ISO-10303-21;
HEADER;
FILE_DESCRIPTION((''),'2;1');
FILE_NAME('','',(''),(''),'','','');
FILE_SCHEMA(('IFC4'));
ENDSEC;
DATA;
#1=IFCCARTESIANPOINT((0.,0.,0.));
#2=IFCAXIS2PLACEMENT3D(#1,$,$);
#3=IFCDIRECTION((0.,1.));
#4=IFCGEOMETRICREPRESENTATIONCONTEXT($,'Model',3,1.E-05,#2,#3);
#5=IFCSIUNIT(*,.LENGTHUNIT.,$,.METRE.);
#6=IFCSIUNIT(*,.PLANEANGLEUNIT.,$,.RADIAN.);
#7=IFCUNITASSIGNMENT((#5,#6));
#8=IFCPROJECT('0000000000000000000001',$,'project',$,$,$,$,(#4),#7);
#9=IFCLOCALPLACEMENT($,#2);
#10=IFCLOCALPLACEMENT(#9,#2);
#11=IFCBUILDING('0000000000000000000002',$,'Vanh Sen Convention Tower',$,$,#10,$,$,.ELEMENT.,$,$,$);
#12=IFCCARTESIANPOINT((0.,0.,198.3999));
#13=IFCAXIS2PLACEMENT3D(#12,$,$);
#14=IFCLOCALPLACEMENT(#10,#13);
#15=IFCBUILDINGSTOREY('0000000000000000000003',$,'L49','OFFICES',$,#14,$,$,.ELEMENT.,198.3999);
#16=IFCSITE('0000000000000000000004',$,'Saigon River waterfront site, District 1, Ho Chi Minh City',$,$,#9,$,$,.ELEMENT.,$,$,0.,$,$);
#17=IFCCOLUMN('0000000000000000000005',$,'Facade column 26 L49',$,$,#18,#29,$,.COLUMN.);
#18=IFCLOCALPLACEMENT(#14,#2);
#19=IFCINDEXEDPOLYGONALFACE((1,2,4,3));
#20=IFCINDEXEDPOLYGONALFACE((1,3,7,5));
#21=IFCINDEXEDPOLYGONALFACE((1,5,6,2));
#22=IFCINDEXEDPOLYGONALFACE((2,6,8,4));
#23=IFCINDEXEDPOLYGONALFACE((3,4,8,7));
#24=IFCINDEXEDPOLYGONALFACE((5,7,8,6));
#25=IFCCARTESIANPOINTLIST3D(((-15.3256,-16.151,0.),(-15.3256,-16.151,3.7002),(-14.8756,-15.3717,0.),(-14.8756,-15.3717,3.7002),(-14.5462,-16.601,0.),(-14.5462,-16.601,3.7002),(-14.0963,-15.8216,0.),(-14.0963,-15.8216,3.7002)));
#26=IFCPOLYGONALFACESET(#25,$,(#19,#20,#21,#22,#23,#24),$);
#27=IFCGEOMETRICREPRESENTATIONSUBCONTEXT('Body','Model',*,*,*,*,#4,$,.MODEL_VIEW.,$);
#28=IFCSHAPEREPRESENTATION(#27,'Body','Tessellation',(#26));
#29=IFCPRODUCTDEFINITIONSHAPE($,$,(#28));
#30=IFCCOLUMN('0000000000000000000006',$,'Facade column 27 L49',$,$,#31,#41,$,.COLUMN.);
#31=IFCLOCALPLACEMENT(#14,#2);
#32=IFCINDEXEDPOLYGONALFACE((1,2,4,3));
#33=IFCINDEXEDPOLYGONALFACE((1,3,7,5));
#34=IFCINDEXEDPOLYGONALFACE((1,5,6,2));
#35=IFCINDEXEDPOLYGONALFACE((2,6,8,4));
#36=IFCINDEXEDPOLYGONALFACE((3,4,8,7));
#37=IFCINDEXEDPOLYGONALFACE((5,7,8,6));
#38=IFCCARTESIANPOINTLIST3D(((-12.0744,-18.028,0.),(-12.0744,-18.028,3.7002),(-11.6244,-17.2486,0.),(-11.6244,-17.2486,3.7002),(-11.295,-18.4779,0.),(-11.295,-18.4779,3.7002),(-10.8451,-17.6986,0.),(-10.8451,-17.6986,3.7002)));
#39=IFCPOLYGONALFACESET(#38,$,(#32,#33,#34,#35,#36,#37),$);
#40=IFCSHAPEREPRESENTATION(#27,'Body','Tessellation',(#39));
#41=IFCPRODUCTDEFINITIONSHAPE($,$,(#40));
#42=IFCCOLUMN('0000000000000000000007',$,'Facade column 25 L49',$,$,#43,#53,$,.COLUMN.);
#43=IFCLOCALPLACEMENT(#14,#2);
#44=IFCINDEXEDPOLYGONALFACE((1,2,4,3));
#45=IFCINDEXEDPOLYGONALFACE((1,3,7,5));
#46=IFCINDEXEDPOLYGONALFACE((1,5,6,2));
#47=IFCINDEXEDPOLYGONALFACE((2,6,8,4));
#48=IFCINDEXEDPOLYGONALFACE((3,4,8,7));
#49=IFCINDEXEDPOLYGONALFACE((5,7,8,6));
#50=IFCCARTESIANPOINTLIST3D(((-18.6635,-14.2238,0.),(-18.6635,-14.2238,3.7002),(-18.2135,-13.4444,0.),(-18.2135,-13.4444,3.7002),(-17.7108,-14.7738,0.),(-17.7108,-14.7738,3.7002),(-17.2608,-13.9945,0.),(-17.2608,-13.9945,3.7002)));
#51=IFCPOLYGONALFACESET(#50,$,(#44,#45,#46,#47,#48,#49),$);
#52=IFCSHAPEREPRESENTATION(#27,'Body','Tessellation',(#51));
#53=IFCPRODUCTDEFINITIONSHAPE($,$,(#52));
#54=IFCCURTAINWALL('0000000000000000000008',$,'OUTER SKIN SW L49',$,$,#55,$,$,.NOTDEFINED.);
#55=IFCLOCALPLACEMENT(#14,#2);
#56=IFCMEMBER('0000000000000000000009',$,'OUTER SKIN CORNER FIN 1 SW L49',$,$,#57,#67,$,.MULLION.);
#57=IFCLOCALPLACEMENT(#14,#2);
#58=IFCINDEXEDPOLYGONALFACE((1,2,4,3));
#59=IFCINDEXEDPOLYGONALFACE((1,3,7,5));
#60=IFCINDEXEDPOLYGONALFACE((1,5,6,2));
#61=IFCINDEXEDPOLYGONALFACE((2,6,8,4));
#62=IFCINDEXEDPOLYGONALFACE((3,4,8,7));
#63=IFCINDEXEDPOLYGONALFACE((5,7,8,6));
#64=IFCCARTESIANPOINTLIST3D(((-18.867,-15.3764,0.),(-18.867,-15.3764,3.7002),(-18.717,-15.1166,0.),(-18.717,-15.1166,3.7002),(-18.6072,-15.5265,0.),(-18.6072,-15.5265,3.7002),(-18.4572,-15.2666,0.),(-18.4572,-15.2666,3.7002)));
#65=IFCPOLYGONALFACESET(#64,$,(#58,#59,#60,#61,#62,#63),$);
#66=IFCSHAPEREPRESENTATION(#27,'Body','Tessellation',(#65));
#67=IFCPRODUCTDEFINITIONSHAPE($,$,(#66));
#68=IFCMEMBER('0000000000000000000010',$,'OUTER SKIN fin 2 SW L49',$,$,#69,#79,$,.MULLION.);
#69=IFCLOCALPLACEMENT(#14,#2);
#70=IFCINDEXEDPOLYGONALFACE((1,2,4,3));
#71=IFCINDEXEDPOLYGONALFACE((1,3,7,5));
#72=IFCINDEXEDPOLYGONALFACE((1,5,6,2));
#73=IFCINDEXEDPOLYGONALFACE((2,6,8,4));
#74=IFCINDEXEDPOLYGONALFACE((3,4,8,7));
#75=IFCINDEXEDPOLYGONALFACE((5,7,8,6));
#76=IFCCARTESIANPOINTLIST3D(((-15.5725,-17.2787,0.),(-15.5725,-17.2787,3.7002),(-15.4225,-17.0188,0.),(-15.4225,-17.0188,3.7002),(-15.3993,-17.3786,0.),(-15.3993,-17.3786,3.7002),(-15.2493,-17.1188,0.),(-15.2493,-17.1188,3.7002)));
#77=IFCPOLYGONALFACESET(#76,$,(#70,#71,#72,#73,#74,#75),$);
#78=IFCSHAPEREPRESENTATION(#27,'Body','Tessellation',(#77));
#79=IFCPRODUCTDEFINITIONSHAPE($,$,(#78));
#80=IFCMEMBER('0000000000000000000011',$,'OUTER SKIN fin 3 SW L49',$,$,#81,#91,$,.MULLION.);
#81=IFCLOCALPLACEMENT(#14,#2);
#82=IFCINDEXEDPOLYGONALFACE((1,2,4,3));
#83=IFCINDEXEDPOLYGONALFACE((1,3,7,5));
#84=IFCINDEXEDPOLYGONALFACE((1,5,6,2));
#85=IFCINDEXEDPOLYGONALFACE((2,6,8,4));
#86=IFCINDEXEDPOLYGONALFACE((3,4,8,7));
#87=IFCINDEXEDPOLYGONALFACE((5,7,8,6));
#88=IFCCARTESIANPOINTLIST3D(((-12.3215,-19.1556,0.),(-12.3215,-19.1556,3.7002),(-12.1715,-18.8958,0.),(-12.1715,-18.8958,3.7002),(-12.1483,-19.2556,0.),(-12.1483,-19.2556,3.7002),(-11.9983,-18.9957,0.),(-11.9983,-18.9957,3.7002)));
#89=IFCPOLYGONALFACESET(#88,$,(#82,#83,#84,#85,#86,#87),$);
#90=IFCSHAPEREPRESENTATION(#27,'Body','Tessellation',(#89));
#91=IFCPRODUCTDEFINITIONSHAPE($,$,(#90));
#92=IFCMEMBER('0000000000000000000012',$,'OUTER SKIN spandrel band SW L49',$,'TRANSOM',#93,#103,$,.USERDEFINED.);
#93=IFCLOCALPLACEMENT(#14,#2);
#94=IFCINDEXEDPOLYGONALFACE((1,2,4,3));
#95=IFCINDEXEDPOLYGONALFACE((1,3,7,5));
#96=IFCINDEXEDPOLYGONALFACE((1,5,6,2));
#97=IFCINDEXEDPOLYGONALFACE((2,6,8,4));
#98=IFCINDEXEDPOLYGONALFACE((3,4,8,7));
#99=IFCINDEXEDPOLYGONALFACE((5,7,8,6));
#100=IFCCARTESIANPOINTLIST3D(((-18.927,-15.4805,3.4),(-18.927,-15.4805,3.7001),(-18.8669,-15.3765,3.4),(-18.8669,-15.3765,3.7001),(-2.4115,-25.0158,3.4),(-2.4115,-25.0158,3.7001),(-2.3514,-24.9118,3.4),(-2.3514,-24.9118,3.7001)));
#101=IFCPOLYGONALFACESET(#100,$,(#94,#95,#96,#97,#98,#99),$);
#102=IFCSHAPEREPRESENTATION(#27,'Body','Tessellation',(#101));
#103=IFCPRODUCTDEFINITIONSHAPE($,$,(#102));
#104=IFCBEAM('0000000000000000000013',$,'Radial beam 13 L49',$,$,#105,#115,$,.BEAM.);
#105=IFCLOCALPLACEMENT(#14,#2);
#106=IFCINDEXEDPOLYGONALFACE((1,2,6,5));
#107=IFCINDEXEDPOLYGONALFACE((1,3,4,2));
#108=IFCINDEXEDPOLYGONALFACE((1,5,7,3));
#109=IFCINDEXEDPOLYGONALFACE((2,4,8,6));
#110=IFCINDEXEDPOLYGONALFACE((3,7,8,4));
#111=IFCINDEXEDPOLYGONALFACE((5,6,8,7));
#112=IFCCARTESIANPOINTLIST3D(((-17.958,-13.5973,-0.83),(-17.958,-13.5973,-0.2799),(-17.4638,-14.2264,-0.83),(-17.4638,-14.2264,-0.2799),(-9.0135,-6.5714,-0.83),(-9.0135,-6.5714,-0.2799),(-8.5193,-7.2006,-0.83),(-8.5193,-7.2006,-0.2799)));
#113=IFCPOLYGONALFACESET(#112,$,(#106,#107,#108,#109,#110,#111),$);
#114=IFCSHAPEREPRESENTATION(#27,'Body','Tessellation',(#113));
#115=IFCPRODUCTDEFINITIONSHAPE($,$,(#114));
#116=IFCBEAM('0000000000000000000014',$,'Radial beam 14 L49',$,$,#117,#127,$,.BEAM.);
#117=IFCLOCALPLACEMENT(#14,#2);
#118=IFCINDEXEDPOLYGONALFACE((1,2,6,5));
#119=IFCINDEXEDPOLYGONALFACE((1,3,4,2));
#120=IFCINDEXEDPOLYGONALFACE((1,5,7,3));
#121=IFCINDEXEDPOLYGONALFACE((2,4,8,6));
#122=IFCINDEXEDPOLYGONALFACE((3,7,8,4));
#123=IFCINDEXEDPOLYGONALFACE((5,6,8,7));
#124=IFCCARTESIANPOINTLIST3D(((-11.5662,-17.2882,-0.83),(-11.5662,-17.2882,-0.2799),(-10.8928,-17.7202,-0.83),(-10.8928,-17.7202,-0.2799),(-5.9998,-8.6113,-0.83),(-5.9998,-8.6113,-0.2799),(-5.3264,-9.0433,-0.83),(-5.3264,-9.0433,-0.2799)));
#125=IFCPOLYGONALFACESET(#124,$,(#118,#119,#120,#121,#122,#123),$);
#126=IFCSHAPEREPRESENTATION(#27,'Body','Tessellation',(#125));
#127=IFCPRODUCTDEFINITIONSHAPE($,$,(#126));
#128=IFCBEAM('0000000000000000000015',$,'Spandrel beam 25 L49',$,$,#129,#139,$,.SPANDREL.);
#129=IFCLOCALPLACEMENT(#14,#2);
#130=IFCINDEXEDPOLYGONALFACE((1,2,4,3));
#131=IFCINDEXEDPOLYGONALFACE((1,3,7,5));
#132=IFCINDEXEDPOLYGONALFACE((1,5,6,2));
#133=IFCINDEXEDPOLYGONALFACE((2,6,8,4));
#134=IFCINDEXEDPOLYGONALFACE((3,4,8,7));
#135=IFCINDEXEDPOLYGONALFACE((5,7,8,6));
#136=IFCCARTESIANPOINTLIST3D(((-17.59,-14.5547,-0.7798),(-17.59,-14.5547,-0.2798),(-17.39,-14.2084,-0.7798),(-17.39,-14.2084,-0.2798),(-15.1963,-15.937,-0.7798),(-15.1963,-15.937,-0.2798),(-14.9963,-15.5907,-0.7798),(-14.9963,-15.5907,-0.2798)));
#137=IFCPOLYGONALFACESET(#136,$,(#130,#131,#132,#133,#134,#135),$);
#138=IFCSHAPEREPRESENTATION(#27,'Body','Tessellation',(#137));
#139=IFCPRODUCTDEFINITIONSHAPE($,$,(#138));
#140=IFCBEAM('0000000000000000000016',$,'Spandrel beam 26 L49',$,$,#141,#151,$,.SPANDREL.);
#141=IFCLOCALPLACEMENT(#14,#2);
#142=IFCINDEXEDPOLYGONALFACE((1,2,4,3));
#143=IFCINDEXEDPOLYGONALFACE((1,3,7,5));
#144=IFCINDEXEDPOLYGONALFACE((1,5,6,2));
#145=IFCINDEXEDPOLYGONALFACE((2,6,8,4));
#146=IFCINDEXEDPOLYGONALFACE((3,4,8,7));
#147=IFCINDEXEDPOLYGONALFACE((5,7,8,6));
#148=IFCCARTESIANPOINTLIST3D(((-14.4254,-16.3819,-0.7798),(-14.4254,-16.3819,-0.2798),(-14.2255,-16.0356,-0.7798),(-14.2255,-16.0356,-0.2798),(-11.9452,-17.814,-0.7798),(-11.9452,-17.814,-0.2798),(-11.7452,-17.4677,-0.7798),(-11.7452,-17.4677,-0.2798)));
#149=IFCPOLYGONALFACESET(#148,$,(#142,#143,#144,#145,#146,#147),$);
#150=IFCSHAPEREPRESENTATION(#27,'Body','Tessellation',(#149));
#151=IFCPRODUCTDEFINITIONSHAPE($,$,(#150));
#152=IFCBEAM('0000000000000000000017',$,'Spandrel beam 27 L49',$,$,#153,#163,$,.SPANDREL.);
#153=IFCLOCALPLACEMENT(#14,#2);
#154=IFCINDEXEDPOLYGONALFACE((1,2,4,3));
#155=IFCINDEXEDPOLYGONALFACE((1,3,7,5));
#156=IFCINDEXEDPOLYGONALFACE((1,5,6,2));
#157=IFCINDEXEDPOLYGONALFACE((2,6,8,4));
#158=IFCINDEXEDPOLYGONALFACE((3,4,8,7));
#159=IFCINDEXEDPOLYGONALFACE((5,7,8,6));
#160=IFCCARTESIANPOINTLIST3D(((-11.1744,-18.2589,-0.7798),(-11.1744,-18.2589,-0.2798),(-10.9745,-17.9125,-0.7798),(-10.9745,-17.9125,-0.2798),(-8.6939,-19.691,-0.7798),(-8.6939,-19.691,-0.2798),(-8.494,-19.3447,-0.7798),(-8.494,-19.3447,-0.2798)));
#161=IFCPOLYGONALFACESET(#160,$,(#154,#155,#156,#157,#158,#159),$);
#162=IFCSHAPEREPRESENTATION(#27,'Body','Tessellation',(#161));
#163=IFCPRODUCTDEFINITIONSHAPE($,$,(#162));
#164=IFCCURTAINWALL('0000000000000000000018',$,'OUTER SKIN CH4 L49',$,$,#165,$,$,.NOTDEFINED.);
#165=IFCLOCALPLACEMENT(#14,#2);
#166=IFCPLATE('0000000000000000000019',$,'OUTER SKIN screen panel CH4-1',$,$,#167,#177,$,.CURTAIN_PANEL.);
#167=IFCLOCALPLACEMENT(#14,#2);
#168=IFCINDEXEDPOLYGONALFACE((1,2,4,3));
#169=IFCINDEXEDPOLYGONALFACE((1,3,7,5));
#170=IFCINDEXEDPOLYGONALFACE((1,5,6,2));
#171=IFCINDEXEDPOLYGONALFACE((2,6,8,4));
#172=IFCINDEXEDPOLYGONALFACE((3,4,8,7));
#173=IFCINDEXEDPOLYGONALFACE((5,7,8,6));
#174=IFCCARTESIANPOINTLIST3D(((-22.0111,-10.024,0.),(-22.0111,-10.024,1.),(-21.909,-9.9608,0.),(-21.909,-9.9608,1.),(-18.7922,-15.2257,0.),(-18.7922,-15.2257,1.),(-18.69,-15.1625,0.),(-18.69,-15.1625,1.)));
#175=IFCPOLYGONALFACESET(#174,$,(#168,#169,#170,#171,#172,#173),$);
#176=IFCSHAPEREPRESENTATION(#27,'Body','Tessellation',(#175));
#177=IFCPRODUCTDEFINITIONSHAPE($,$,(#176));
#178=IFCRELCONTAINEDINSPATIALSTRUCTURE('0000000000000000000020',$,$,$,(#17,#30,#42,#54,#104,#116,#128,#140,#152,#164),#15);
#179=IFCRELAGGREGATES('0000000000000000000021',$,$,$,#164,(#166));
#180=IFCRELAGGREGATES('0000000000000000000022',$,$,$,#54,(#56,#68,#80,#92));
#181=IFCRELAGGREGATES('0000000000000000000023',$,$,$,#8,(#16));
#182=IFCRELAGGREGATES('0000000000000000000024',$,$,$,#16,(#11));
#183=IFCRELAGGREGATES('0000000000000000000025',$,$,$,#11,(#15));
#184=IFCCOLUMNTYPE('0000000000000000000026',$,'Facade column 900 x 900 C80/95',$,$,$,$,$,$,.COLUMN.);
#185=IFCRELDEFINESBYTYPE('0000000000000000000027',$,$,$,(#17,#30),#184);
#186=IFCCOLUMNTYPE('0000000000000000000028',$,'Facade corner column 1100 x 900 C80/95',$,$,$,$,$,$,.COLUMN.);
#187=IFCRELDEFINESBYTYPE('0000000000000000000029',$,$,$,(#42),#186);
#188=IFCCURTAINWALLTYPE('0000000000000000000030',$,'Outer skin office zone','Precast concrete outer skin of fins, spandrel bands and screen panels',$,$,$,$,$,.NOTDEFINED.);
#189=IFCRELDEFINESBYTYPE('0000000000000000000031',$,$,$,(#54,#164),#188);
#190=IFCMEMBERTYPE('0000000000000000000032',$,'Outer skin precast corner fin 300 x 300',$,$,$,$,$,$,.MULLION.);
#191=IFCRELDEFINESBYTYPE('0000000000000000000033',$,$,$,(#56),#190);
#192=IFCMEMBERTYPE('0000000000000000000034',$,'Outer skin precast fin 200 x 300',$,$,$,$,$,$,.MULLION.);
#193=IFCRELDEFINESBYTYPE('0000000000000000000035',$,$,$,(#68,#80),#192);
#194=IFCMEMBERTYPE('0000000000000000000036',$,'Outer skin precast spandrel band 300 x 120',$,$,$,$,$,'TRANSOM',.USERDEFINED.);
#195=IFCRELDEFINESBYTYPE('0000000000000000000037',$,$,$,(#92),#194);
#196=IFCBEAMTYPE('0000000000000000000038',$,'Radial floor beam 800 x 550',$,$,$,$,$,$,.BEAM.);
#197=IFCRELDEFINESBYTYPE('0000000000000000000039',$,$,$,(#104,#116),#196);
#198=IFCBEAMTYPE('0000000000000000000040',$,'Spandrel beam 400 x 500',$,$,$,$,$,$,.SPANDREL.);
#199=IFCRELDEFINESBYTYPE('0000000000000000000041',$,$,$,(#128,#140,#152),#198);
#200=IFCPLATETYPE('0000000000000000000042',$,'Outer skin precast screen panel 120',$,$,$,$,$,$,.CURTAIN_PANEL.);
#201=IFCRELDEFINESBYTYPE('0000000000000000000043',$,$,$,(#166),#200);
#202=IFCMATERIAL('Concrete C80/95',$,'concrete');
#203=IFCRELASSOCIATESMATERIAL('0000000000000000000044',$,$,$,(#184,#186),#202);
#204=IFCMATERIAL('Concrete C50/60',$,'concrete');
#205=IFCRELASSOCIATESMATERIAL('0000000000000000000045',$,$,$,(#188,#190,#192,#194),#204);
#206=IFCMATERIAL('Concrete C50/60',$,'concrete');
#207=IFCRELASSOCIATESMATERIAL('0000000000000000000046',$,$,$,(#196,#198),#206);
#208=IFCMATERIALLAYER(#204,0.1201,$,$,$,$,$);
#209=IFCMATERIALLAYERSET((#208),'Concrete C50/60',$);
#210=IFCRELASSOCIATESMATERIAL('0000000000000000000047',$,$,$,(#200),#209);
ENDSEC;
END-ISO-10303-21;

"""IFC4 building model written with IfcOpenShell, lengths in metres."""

from ifc_helpers import new_model, si_unit, direction, frame, origin, origin_2d, place, context, subcontext, project, spatial, rectangle, extrude, material, layer, layer_set, material_profile, profile_set, type_object, element, aggregate, save


model = new_model("IFC4")

# Units and contexts
model_context = context("Model", 3, precision=1e-05, world=origin(), true_north=direction((0.0, 1.0)))
body_context = subcontext(model_context, "Body", "Model", "MODEL_VIEW")
ifc_project = project(units=[si_unit("LENGTHUNIT", "METRE"), si_unit("PLANEANGLEUNIT", "RADIAN")], contexts=[model_context])

# Site, building, storey
site_placement = place(None, origin())
site = spatial("IfcSite", under=ifc_project, at=site_placement, Name="Saigon River waterfront site, District 1, Ho Chi Minh City", CompositionType="ELEMENT", RefElevation=0.0)
building_placement = place(site_placement, origin())
building = spatial("IfcBuilding", under=site, at=building_placement, Name="Vanh Sen Convention Tower", CompositionType="ELEMENT")
storey_placement = place(building_placement, frame((0.0, 0.0, 198.3999)))
storey = spatial("IfcBuildingStorey", under=building, at=storey_placement, Name="L49", Description="OFFICES", CompositionType="ELEMENT", Elevation=198.3999)

# Columns
ifc_material_1 = material(Name="Concrete C80/95", Category="concrete")
ifc_material_profile_1 = material_profile(ifc_material_1, rectangle(XDim=0.8999, YDim=0.8999, at=origin_2d()), Name="RC 900X900")
ifc_profile_set_1 = profile_set([ifc_material_profile_1], Name="Concrete C80/95")
column_type_1 = type_object("IfcColumnType", Name="Facade column 900 x 900 C80/95", PredefinedType="COLUMN", material=ifc_profile_set_1)
for number, where, z_axis, x_axis, name in (
    (1, (-14.7109, -15.9863, 0.0), (0.0, 0.0, 1.0), (0.866025, -0.5, 0.0), "Facade column 26 L49"),
    (2, (-11.4597, -17.8633, 0.0), (0.0, 0.0, 1.0), (0.866025, -0.5, 0.0), "Facade column 27 L49"),
):
    element("IfcColumn", number, at=place(storey_placement, frame(where, z_axis=z_axis, x_axis=x_axis)), inside=storey, type_object=column_type_1, Name=name, PredefinedType="COLUMN", context=body_context, shape_type="SweptSolid", body=[
        extrude(rectangle(XDim=0.8999, YDim=0.8999, at=origin_2d()), origin(), (0.0, 0.0, 1.0), 3.7002),
    ])
ifc_material_profile_2 = material_profile(ifc_material_1, rectangle(XDim=1.1001, YDim=0.8999, at=origin_2d()), Name="RC 1100X900")
ifc_profile_set_2 = profile_set([ifc_material_profile_2], Name="Concrete C80/95")
column_type_2 = type_object("IfcColumnType", Name="Facade corner column 1100 x 900 C80/95", PredefinedType="COLUMN", material=ifc_profile_set_2)
column_placement = place(storey_placement, frame((-17.9622, -14.1091, 0.0), z_axis=(0.0, 0.0, 1.0), x_axis=(0.866025, -0.5, 0.0)))
element("IfcColumn", 3, at=column_placement, inside=storey, type_object=column_type_2, Name="Facade column 25 L49", PredefinedType="COLUMN", context=body_context, shape_type="SweptSolid", body=[
    extrude(rectangle(XDim=1.1001, YDim=0.8999, at=origin_2d()), origin(), (0.0, 0.0, 1.0), 3.7002),
])

# Curtain wall, members
ifc_material_2 = material(Name="Concrete C50/60", Category="concrete")
curtain_wall_type = type_object("IfcCurtainWallType", Name="Outer skin office zone", Description="Precast concrete outer skin of fins, spandrel bands and screen panels", PredefinedType="NOTDEFINED", material=ifc_material_2)
curtain_wall_1_placement = place(storey_placement, origin())
curtain_wall_1 = element("IfcCurtainWall", 4, at=curtain_wall_1_placement, inside=storey, type_object=curtain_wall_type, Name="OUTER SKIN SW L49", PredefinedType="NOTDEFINED")
ifc_material_profile_3 = material_profile(ifc_material_2, rectangle(XDim=0.3, YDim=0.3, at=origin_2d()), Name="Outer skin precast corner fin 300 x 300")
ifc_profile_set_3 = profile_set([ifc_material_profile_3], Name="Concrete C50/60")
member_type_1 = type_object("IfcMemberType", Name="Outer skin precast corner fin 300 x 300", PredefinedType="MULLION", material=ifc_profile_set_3)
member_1_placement = place(storey_placement, frame((-18.6621, -15.3215, 0.0), z_axis=(0.0, 0.0, 1.0), x_axis=(0.866025, -0.5, 0.0)))
member_1 = element("IfcMember", 5, at=member_1_placement, type_object=member_type_1, Name="OUTER SKIN CORNER FIN 1 SW L49", PredefinedType="MULLION", context=body_context, shape_type="SweptSolid", body=[
    extrude(rectangle(XDim=0.3, YDim=0.3, at=origin_2d()), origin(), (0.0, 0.0, 1.0), 3.7002),
])
ifc_material_profile_4 = material_profile(ifc_material_2, rectangle(XDim=0.2, YDim=0.3, at=origin_2d()), Name="Outer skin precast fin 200 x 300")
ifc_profile_set_4 = profile_set([ifc_material_profile_4], Name="Concrete C50/60")
member_type_2 = type_object("IfcMemberType", Name="Outer skin precast fin 200 x 300", PredefinedType="MULLION", material=ifc_profile_set_4)
member_2_placement = place(storey_placement, frame((-15.4109, -17.1987, 0.0), z_axis=(0.0, 0.0, 1.0), x_axis=(0.866025, -0.5, 0.0)))
member_2 = element("IfcMember", 6, at=member_2_placement, type_object=member_type_2, Name="OUTER SKIN fin 2 SW L49", PredefinedType="MULLION", context=body_context, shape_type="SweptSolid", body=[
    extrude(rectangle(XDim=0.2, YDim=0.3, at=origin_2d()), origin(), (0.0, 0.0, 1.0), 3.7002),
])
member_3_placement = place(storey_placement, frame((-12.1599, -19.0757, 0.0), z_axis=(0.0, 0.0, 1.0), x_axis=(0.866025, -0.5, 0.0)))
member_3 = element("IfcMember", 7, at=member_3_placement, type_object=member_type_2, Name="OUTER SKIN fin 3 SW L49", PredefinedType="MULLION", context=body_context, shape_type="SweptSolid", body=[
    extrude(rectangle(XDim=0.2, YDim=0.3, at=origin_2d()), origin(), (0.0, 0.0, 1.0), 3.7002),
])
ifc_material_profile_5 = material_profile(ifc_material_2, rectangle(XDim=0.1201, YDim=0.3, at=origin_2d()), Name="Outer skin precast spandrel band 300 x 120")
ifc_profile_set_5 = profile_set([ifc_material_profile_5], Name="Concrete C50/60")
member_type_3 = type_object("IfcMemberType", Name="Outer skin precast spandrel band 300 x 120", ElementType="TRANSOM", PredefinedType="USERDEFINED", material=ifc_profile_set_5)
member_4_placement = place(storey_placement, frame((-18.897, -15.4285, 3.55), z_axis=(0.866023, -0.500004, 0.0), x_axis=(0.500004, 0.866023, 0.0)))
member_4 = element("IfcMember", 8, at=member_4_placement, type_object=member_type_3, Name="OUTER SKIN spandrel band SW L49", ObjectType="TRANSOM", PredefinedType="USERDEFINED", context=body_context, shape_type="SweptSolid", body=[
    extrude(rectangle(XDim=0.1201, YDim=0.3, at=origin_2d()), origin(), (0.0, 0.0, 1.0), 19.0706),
])

# Beams
ifc_material_3 = material(Name="Concrete C50/60", Category="concrete")
ifc_material_profile_6 = material_profile(ifc_material_3, rectangle(XDim=0.8, YDim=0.55, at=origin_2d()), Name="RC 800X550")
ifc_profile_set_6 = profile_set([ifc_material_profile_6], Name="Concrete C50/60")
beam_type_1 = type_object("IfcBeamType", Name="Radial floor beam 800 x 550", PredefinedType="BEAM", material=ifc_profile_set_6)
beam_1_placement = place(storey_placement, frame((-17.7109, -13.9119, -0.5549), z_axis=(0.786404, 0.617713, 0.0), x_axis=(-0.617713, 0.786404, 0.0)))
element("IfcBeam", 9, at=beam_1_placement, inside=storey, type_object=beam_type_1, Name="Radial beam 13 L49", PredefinedType="BEAM", context=body_context, shape_type="SweptSolid", body=[
    extrude(rectangle(XDim=0.8, YDim=0.55, at=origin_2d()), origin(), (0.0, 0.0, 1.0), 11.374),
])
beam_2_placement = place(storey_placement, frame((-11.2295, -17.5042, -0.5549), z_axis=(0.539967, 0.841686, 0.0), x_axis=(-0.841686, 0.539967, 0.0)))
element("IfcBeam", 10, at=beam_2_placement, inside=storey, type_object=beam_type_1, Name="Radial beam 14 L49", PredefinedType="BEAM", context=body_context, shape_type="SweptSolid", body=[
    extrude(rectangle(XDim=0.8, YDim=0.55, at=origin_2d()), origin(), (0.0, 0.0, 1.0), 10.3088),
])
ifc_material_profile_7 = material_profile(ifc_material_3, rectangle(XDim=0.3999, YDim=0.5, at=origin_2d()), Name="RC 400X500")
ifc_profile_set_7 = profile_set([ifc_material_profile_7], Name="Concrete C50/60")
beam_type_2 = type_object("IfcBeamType", Name="Spandrel beam 400 x 500", PredefinedType="SPANDREL", material=ifc_profile_set_7)
beam_3_placement = place(storey_placement, frame((-17.49, -14.3816, -0.5298), z_axis=(0.865984, -0.500072, 0.0), x_axis=(0.500072, 0.865984, 0.0)))
element("IfcBeam", 11, at=beam_3_placement, inside=storey, type_object=beam_type_2, Name="Spandrel beam 25 L49", PredefinedType="SPANDREL", context=body_context, shape_type="SweptSolid", body=[
    extrude(rectangle(XDim=0.3999, YDim=0.5, at=origin_2d()), origin(), (0.0, 0.0, 1.0), 2.7642),
])
beam_4_placement = place(storey_placement, frame((-14.3254, -16.2087, -0.5298), z_axis=(0.866, -0.500045, 0.0), x_axis=(0.500045, 0.866, 0.0)))
element("IfcBeam", 12, at=beam_4_placement, inside=storey, type_object=beam_type_2, Name="Spandrel beam 26 L49", PredefinedType="SPANDREL", context=body_context, shape_type="SweptSolid", body=[
    extrude(rectangle(XDim=0.3999, YDim=0.5, at=origin_2d()), origin(), (0.0, 0.0, 1.0), 2.864),
])
beam_5_placement = place(storey_placement, frame((-11.0745, -18.0857, -0.5298), z_axis=(0.866021, -0.500008, 0.0), x_axis=(0.500008, 0.866021, 0.0)))
element("IfcBeam", 13, at=beam_5_placement, inside=storey, type_object=beam_type_2, Name="Spandrel beam 27 L49", PredefinedType="SPANDREL", context=body_context, shape_type="SweptSolid", body=[
    extrude(rectangle(XDim=0.3999, YDim=0.5, at=origin_2d()), origin(), (0.0, 0.0, 1.0), 2.8643),
])

# Curtain wall, plate
curtain_wall_2_placement = place(storey_placement, origin())
curtain_wall_2 = element("IfcCurtainWall", 14, at=curtain_wall_2_placement, inside=storey, type_object=curtain_wall_type, Name="OUTER SKIN CH4 L49", PredefinedType="NOTDEFINED")
ifc_layer_1 = layer(ifc_material_2, 0.1201)
ifc_layer_set_1 = layer_set([ifc_layer_1], Name="Concrete C50/60")
plate_type = type_object("IfcPlateType", Name="Outer skin precast screen panel 120", PredefinedType="CURTAIN_PANEL", material=ifc_layer_set_1)
plate_1_placement = place(storey_placement, frame((-20.3506, -12.5933, 0.0), z_axis=(0.0, 0.0, 1.0), x_axis=(0.526218, -0.850349, 0.0)))
plate_1 = element("IfcPlate", 15, at=plate_1_placement, type_object=plate_type, Name="OUTER SKIN screen panel CH4-1", PredefinedType="CURTAIN_PANEL", context=body_context, shape_type="SweptSolid", body=[
    extrude(rectangle(XDim=6.1172, YDim=0.1201, at=origin_2d()), origin(), (0.0, 0.0, 1.0), 1.0),
])
aggregate(curtain_wall_2, [plate_1])

aggregate(curtain_wall_1, [member_1, member_2, member_3, member_4])

save(model, "model.ifc")
